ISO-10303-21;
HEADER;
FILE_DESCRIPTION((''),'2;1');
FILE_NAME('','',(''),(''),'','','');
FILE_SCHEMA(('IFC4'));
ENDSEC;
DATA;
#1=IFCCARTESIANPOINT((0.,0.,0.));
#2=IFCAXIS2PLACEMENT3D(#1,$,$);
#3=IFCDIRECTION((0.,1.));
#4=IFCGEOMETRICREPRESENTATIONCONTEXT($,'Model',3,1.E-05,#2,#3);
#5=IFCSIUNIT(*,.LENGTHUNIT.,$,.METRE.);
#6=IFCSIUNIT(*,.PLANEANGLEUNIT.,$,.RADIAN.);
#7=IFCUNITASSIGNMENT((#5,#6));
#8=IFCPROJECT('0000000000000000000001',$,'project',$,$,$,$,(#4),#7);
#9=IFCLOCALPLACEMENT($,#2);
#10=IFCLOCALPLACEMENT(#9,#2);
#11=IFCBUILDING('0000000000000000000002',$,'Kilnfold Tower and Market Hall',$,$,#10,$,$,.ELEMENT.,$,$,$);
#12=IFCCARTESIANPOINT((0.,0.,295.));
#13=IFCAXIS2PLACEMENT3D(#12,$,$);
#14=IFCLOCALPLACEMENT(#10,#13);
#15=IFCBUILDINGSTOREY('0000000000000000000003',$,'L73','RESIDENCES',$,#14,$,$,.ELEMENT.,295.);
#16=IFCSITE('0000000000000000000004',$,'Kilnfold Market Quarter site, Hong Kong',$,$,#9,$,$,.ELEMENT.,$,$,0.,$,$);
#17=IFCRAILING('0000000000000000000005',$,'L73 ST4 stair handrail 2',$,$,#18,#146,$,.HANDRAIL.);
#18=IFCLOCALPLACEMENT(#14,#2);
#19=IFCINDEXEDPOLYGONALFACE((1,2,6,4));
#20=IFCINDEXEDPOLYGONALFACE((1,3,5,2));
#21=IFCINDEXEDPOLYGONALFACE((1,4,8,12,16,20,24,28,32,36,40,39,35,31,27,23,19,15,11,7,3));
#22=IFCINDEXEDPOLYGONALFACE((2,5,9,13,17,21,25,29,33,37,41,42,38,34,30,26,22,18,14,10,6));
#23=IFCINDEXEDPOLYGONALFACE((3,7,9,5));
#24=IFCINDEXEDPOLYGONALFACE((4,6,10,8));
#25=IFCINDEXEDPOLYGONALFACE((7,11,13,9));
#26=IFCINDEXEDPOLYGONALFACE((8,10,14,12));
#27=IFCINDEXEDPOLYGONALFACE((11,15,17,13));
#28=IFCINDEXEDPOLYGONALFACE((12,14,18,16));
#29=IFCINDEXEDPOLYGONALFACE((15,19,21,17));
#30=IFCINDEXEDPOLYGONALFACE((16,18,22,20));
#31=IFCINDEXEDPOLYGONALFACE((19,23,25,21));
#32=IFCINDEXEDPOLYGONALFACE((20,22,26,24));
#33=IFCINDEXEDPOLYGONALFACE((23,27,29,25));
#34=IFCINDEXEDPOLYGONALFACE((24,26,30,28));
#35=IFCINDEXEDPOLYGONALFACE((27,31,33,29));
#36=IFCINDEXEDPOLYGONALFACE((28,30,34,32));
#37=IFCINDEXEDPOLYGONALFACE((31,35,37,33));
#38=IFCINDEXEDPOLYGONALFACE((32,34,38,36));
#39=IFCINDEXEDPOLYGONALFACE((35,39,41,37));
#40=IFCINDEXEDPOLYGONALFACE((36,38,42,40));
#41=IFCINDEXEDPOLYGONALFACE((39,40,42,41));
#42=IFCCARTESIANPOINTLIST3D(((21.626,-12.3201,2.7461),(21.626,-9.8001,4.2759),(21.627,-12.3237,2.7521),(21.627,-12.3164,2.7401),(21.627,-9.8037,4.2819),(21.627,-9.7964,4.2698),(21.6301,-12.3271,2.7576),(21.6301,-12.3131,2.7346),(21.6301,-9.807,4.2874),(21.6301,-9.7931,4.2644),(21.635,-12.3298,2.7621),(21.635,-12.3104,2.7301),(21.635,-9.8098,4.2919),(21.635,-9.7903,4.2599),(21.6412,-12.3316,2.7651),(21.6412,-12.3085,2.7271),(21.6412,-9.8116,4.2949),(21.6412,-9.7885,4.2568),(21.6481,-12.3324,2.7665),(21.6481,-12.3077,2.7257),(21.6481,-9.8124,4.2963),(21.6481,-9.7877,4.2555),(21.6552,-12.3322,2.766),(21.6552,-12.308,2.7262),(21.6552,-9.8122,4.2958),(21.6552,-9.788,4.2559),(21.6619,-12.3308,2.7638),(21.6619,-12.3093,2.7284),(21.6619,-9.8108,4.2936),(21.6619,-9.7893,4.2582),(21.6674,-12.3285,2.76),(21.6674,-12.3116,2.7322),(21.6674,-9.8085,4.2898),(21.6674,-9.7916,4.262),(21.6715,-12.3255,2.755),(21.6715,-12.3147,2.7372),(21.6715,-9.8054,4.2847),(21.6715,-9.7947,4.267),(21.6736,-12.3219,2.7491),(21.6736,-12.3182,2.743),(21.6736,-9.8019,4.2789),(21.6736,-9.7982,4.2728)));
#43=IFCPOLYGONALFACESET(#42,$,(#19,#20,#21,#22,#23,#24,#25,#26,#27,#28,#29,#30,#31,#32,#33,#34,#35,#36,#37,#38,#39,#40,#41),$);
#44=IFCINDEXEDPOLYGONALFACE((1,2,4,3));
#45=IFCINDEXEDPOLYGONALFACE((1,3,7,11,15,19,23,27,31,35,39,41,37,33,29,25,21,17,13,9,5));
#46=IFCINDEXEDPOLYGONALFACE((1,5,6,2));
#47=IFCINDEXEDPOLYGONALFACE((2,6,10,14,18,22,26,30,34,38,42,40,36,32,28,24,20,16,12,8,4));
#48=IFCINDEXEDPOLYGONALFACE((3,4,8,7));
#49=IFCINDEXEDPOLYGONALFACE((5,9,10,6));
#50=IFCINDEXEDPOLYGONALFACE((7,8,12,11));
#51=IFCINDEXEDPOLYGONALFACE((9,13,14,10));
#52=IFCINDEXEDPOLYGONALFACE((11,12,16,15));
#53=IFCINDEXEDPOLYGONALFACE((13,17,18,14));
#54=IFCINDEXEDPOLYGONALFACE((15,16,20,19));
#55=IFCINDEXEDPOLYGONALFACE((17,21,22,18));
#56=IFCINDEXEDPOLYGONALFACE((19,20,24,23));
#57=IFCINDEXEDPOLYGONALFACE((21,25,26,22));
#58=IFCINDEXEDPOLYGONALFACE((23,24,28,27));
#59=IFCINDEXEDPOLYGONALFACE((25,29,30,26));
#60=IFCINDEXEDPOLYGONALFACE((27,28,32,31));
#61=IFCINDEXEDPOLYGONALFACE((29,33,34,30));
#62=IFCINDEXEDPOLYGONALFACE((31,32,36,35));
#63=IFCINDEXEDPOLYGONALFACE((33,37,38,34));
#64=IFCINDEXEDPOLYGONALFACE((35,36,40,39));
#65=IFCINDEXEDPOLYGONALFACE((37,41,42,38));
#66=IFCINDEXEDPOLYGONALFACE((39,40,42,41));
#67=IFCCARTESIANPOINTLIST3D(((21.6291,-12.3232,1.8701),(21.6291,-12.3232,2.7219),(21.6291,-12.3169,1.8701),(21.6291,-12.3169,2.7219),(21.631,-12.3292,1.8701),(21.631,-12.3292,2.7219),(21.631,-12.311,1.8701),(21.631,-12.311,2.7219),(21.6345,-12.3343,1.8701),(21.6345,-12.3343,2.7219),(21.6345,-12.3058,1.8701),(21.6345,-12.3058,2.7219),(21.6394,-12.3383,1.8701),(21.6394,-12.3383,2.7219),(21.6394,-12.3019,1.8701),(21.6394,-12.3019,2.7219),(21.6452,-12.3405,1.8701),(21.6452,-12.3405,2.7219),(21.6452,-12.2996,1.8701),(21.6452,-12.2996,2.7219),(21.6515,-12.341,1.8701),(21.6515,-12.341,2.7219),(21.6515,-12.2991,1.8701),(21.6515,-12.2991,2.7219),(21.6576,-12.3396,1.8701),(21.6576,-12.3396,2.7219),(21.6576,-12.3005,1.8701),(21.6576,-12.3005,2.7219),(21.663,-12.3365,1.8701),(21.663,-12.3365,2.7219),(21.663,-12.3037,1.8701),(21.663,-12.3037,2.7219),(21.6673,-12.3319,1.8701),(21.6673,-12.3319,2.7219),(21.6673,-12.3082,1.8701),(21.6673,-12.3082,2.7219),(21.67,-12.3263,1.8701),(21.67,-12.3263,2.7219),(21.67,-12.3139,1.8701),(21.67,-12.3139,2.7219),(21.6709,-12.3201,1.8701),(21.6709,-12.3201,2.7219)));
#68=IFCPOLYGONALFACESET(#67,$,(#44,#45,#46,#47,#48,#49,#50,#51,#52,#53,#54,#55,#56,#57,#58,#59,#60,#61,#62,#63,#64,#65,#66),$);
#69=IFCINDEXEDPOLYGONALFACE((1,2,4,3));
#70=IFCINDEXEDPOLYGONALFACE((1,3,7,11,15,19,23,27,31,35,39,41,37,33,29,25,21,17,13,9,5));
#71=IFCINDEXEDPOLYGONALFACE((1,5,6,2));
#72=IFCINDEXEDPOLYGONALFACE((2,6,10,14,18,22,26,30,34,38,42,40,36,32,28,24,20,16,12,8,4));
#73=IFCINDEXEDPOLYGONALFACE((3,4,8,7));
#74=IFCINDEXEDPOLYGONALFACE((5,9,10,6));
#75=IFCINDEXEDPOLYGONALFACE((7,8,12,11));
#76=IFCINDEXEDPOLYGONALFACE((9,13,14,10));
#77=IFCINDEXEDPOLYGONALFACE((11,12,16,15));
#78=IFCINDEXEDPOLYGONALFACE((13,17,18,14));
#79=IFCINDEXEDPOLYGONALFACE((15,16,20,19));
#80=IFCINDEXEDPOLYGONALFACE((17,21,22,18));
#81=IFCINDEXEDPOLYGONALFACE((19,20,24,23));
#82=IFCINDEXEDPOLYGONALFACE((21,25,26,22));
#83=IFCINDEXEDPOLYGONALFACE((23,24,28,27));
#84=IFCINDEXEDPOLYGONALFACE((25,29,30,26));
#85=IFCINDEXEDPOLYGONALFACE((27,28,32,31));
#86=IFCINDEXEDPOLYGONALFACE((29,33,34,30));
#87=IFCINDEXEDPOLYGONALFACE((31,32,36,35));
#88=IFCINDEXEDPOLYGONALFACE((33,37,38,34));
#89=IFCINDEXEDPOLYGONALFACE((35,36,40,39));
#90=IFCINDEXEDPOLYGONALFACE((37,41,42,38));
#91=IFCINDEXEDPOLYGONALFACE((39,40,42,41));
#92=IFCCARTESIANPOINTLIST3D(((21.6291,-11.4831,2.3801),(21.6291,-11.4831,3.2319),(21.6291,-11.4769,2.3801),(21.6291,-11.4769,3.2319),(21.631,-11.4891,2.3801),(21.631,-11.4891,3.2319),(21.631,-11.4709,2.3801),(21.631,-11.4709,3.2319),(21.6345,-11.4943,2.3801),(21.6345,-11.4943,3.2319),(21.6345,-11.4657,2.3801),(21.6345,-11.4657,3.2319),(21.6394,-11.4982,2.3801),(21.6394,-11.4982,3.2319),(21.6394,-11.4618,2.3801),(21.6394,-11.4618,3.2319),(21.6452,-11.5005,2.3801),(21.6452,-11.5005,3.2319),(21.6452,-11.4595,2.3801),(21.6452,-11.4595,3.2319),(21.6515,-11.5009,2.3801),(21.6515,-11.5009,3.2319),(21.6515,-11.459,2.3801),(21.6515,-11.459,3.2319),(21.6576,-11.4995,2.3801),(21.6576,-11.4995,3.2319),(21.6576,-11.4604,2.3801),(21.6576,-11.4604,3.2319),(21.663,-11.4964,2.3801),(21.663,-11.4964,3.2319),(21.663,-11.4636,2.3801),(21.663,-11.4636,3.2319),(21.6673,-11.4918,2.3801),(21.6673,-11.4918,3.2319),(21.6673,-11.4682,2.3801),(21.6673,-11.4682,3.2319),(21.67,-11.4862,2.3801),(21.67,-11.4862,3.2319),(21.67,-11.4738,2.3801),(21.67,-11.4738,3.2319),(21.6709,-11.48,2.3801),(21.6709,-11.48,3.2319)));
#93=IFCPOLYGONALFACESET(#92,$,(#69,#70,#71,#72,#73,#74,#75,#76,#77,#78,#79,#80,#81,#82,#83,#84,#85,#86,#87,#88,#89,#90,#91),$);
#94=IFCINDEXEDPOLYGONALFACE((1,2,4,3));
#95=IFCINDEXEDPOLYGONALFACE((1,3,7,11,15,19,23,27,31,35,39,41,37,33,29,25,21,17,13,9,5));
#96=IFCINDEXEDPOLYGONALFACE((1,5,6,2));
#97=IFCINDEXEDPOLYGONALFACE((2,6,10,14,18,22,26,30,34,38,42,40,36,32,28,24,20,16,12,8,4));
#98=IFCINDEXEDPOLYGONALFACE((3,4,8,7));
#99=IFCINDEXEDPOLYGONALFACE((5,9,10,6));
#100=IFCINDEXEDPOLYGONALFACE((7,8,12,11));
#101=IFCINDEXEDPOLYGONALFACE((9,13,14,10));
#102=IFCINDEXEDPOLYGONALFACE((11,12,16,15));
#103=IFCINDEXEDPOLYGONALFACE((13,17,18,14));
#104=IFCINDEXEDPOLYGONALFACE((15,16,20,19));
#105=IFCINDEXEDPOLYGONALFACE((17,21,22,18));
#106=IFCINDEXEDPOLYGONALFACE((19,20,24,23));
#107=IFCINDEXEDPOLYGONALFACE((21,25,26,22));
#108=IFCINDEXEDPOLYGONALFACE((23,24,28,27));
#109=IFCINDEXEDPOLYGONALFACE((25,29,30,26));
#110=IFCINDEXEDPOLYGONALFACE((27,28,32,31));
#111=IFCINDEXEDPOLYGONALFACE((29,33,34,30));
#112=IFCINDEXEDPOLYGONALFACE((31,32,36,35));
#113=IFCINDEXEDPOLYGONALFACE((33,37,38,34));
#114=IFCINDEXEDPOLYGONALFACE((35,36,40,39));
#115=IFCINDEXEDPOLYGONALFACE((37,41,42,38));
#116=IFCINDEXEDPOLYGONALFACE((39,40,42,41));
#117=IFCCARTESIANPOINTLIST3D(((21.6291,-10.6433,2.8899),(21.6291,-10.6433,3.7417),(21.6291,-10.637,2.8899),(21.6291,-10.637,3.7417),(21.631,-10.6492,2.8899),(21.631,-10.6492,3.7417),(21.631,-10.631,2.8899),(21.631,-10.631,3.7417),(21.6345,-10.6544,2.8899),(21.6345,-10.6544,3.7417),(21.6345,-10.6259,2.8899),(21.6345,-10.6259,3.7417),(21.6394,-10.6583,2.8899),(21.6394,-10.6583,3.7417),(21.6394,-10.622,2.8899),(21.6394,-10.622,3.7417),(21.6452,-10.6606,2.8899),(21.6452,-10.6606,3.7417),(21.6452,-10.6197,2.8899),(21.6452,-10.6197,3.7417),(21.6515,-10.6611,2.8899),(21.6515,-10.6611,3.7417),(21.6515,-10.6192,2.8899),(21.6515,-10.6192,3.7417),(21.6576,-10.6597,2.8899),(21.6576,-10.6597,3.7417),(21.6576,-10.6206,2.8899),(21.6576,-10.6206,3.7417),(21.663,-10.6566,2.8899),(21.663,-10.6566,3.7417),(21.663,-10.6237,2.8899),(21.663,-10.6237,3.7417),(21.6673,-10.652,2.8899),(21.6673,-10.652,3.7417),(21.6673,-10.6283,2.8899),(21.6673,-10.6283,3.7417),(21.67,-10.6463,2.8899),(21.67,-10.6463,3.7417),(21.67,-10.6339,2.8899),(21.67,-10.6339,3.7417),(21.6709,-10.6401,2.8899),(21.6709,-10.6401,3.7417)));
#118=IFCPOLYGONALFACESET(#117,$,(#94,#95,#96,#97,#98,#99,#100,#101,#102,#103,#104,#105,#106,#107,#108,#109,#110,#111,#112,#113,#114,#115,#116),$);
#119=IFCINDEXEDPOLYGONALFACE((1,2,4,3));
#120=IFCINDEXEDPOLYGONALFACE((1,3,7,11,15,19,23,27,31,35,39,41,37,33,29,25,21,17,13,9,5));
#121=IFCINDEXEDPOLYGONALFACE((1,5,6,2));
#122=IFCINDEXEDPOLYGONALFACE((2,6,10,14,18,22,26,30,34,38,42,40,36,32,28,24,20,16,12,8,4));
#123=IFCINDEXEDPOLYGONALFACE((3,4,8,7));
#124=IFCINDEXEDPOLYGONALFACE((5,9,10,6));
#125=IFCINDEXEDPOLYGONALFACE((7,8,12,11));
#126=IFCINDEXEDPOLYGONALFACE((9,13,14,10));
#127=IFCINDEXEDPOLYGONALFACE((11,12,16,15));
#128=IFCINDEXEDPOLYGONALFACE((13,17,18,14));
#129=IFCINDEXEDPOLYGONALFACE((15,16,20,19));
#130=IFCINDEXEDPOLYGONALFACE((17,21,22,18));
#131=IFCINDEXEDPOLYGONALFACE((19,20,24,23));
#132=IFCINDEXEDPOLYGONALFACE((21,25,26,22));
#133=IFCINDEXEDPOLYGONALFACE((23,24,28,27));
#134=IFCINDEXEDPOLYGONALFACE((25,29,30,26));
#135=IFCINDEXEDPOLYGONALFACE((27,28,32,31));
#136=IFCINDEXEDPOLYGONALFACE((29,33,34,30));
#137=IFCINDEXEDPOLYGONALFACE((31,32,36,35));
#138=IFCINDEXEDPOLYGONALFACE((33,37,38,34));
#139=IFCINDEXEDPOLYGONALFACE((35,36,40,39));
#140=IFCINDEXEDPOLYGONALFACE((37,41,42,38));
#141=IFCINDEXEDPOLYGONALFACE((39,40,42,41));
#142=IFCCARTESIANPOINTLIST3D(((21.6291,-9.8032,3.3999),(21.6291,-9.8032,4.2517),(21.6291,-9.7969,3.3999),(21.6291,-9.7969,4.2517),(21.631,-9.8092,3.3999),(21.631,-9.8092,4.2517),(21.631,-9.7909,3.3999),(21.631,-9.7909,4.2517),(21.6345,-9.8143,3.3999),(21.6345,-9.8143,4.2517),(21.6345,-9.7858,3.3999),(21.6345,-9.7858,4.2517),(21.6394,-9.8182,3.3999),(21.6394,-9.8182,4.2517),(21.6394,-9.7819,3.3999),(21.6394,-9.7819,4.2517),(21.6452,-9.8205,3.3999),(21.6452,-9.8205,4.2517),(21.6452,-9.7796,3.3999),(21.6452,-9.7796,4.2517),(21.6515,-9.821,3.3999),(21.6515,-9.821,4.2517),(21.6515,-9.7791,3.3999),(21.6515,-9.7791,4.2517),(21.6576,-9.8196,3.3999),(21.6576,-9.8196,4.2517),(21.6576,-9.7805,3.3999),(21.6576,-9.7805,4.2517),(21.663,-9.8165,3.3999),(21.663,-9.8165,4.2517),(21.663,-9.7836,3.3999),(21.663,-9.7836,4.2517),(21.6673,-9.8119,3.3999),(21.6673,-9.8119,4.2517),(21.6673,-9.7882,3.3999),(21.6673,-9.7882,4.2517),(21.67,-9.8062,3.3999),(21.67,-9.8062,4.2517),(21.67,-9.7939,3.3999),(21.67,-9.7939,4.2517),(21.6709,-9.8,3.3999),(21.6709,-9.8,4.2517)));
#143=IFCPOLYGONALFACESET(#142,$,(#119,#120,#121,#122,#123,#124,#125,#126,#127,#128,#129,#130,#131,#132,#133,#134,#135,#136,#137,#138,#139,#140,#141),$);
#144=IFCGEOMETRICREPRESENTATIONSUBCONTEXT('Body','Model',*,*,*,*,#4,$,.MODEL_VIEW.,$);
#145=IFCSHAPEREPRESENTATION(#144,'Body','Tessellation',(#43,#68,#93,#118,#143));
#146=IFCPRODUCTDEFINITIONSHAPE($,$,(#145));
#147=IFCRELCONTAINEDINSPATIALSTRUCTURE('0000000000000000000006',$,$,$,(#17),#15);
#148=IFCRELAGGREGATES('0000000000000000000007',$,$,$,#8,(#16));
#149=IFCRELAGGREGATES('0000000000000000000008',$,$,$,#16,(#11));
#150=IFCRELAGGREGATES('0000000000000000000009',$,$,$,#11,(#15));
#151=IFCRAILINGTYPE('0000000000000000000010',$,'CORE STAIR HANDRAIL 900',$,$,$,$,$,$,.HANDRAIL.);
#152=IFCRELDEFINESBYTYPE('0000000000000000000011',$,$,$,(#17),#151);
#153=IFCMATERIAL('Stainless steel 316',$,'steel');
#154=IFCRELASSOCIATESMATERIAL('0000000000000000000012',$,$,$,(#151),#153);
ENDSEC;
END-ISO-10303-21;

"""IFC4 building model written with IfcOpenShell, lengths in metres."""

from ifc_helpers import new_model, si_unit, direction, frame, origin, origin_2d, place, context, subcontext, project, spatial, circle, extrude, material, type_object, element, save


model = new_model("IFC4")

# Units and contexts
model_context = context("Model", 3, precision=1e-05, world=origin(), true_north=direction((0.0, 1.0)))
body_context = subcontext(model_context, "Body", "Model", "MODEL_VIEW")
ifc_project = project(units=[si_unit("LENGTHUNIT", "METRE"), si_unit("PLANEANGLEUNIT", "RADIAN")], contexts=[model_context])

# Site, building, storey
site_placement = place(None, origin())
site = spatial("IfcSite", under=ifc_project, at=site_placement, Name="Kilnfold Market Quarter site, Hong Kong", CompositionType="ELEMENT", RefElevation=0.0)
building_placement = place(site_placement, origin())
building = spatial("IfcBuilding", under=site, at=building_placement, Name="Kilnfold Tower and Market Hall", CompositionType="ELEMENT")
storey_placement = place(building_placement, frame((0.0, 0.0, 295.0)))
storey = spatial("IfcBuildingStorey", under=building, at=storey_placement, Name="L73", Description="RESIDENCES", CompositionType="ELEMENT", Elevation=295.0)

# Railing
ifc_material_1 = material(Name="Stainless steel 316", Category="steel")
railing_type_1 = type_object("IfcRailingType", Name="CORE STAIR HANDRAIL 900", PredefinedType="HANDRAIL", material=ifc_material_1)
railing_1_placement = place(storey_placement, frame((21.6499, -12.3201, 1.8701)))
element("IfcRailing", 1, at=railing_1_placement, inside=storey, type_object=railing_type_1, Name="L73 ST4 stair handrail 2", PredefinedType="HANDRAIL", context=body_context, shape_type="SweptSolid", body=[
    extrude(circle(Radius=0.0239, at=origin_2d()), frame((0.0, 0.0, 0.876), z_axis=(0.0, 0.854822, 0.518922), x_axis=(-1.0, 0.0, 0.0)), (0.0, 0.0, 1.0), 2.948),
    extrude(circle(Radius=0.021, at=origin_2d()), origin(), (0.0, 0.0, 1.0), 0.8518),
    extrude(circle(Radius=0.021, at=origin_2d()), frame((0.0, 0.8401, 0.51)), (0.0, 0.0, 1.0), 0.8518),
    extrude(circle(Radius=0.021, at=origin_2d()), frame((0.0, 1.6799, 1.0198)), (0.0, 0.0, 1.0), 0.8518),
    extrude(circle(Radius=0.021, at=origin_2d()), frame((0.0, 2.52, 1.5298)), (0.0, 0.0, 1.0), 0.8518),
])

save(model, "model.ifc")
